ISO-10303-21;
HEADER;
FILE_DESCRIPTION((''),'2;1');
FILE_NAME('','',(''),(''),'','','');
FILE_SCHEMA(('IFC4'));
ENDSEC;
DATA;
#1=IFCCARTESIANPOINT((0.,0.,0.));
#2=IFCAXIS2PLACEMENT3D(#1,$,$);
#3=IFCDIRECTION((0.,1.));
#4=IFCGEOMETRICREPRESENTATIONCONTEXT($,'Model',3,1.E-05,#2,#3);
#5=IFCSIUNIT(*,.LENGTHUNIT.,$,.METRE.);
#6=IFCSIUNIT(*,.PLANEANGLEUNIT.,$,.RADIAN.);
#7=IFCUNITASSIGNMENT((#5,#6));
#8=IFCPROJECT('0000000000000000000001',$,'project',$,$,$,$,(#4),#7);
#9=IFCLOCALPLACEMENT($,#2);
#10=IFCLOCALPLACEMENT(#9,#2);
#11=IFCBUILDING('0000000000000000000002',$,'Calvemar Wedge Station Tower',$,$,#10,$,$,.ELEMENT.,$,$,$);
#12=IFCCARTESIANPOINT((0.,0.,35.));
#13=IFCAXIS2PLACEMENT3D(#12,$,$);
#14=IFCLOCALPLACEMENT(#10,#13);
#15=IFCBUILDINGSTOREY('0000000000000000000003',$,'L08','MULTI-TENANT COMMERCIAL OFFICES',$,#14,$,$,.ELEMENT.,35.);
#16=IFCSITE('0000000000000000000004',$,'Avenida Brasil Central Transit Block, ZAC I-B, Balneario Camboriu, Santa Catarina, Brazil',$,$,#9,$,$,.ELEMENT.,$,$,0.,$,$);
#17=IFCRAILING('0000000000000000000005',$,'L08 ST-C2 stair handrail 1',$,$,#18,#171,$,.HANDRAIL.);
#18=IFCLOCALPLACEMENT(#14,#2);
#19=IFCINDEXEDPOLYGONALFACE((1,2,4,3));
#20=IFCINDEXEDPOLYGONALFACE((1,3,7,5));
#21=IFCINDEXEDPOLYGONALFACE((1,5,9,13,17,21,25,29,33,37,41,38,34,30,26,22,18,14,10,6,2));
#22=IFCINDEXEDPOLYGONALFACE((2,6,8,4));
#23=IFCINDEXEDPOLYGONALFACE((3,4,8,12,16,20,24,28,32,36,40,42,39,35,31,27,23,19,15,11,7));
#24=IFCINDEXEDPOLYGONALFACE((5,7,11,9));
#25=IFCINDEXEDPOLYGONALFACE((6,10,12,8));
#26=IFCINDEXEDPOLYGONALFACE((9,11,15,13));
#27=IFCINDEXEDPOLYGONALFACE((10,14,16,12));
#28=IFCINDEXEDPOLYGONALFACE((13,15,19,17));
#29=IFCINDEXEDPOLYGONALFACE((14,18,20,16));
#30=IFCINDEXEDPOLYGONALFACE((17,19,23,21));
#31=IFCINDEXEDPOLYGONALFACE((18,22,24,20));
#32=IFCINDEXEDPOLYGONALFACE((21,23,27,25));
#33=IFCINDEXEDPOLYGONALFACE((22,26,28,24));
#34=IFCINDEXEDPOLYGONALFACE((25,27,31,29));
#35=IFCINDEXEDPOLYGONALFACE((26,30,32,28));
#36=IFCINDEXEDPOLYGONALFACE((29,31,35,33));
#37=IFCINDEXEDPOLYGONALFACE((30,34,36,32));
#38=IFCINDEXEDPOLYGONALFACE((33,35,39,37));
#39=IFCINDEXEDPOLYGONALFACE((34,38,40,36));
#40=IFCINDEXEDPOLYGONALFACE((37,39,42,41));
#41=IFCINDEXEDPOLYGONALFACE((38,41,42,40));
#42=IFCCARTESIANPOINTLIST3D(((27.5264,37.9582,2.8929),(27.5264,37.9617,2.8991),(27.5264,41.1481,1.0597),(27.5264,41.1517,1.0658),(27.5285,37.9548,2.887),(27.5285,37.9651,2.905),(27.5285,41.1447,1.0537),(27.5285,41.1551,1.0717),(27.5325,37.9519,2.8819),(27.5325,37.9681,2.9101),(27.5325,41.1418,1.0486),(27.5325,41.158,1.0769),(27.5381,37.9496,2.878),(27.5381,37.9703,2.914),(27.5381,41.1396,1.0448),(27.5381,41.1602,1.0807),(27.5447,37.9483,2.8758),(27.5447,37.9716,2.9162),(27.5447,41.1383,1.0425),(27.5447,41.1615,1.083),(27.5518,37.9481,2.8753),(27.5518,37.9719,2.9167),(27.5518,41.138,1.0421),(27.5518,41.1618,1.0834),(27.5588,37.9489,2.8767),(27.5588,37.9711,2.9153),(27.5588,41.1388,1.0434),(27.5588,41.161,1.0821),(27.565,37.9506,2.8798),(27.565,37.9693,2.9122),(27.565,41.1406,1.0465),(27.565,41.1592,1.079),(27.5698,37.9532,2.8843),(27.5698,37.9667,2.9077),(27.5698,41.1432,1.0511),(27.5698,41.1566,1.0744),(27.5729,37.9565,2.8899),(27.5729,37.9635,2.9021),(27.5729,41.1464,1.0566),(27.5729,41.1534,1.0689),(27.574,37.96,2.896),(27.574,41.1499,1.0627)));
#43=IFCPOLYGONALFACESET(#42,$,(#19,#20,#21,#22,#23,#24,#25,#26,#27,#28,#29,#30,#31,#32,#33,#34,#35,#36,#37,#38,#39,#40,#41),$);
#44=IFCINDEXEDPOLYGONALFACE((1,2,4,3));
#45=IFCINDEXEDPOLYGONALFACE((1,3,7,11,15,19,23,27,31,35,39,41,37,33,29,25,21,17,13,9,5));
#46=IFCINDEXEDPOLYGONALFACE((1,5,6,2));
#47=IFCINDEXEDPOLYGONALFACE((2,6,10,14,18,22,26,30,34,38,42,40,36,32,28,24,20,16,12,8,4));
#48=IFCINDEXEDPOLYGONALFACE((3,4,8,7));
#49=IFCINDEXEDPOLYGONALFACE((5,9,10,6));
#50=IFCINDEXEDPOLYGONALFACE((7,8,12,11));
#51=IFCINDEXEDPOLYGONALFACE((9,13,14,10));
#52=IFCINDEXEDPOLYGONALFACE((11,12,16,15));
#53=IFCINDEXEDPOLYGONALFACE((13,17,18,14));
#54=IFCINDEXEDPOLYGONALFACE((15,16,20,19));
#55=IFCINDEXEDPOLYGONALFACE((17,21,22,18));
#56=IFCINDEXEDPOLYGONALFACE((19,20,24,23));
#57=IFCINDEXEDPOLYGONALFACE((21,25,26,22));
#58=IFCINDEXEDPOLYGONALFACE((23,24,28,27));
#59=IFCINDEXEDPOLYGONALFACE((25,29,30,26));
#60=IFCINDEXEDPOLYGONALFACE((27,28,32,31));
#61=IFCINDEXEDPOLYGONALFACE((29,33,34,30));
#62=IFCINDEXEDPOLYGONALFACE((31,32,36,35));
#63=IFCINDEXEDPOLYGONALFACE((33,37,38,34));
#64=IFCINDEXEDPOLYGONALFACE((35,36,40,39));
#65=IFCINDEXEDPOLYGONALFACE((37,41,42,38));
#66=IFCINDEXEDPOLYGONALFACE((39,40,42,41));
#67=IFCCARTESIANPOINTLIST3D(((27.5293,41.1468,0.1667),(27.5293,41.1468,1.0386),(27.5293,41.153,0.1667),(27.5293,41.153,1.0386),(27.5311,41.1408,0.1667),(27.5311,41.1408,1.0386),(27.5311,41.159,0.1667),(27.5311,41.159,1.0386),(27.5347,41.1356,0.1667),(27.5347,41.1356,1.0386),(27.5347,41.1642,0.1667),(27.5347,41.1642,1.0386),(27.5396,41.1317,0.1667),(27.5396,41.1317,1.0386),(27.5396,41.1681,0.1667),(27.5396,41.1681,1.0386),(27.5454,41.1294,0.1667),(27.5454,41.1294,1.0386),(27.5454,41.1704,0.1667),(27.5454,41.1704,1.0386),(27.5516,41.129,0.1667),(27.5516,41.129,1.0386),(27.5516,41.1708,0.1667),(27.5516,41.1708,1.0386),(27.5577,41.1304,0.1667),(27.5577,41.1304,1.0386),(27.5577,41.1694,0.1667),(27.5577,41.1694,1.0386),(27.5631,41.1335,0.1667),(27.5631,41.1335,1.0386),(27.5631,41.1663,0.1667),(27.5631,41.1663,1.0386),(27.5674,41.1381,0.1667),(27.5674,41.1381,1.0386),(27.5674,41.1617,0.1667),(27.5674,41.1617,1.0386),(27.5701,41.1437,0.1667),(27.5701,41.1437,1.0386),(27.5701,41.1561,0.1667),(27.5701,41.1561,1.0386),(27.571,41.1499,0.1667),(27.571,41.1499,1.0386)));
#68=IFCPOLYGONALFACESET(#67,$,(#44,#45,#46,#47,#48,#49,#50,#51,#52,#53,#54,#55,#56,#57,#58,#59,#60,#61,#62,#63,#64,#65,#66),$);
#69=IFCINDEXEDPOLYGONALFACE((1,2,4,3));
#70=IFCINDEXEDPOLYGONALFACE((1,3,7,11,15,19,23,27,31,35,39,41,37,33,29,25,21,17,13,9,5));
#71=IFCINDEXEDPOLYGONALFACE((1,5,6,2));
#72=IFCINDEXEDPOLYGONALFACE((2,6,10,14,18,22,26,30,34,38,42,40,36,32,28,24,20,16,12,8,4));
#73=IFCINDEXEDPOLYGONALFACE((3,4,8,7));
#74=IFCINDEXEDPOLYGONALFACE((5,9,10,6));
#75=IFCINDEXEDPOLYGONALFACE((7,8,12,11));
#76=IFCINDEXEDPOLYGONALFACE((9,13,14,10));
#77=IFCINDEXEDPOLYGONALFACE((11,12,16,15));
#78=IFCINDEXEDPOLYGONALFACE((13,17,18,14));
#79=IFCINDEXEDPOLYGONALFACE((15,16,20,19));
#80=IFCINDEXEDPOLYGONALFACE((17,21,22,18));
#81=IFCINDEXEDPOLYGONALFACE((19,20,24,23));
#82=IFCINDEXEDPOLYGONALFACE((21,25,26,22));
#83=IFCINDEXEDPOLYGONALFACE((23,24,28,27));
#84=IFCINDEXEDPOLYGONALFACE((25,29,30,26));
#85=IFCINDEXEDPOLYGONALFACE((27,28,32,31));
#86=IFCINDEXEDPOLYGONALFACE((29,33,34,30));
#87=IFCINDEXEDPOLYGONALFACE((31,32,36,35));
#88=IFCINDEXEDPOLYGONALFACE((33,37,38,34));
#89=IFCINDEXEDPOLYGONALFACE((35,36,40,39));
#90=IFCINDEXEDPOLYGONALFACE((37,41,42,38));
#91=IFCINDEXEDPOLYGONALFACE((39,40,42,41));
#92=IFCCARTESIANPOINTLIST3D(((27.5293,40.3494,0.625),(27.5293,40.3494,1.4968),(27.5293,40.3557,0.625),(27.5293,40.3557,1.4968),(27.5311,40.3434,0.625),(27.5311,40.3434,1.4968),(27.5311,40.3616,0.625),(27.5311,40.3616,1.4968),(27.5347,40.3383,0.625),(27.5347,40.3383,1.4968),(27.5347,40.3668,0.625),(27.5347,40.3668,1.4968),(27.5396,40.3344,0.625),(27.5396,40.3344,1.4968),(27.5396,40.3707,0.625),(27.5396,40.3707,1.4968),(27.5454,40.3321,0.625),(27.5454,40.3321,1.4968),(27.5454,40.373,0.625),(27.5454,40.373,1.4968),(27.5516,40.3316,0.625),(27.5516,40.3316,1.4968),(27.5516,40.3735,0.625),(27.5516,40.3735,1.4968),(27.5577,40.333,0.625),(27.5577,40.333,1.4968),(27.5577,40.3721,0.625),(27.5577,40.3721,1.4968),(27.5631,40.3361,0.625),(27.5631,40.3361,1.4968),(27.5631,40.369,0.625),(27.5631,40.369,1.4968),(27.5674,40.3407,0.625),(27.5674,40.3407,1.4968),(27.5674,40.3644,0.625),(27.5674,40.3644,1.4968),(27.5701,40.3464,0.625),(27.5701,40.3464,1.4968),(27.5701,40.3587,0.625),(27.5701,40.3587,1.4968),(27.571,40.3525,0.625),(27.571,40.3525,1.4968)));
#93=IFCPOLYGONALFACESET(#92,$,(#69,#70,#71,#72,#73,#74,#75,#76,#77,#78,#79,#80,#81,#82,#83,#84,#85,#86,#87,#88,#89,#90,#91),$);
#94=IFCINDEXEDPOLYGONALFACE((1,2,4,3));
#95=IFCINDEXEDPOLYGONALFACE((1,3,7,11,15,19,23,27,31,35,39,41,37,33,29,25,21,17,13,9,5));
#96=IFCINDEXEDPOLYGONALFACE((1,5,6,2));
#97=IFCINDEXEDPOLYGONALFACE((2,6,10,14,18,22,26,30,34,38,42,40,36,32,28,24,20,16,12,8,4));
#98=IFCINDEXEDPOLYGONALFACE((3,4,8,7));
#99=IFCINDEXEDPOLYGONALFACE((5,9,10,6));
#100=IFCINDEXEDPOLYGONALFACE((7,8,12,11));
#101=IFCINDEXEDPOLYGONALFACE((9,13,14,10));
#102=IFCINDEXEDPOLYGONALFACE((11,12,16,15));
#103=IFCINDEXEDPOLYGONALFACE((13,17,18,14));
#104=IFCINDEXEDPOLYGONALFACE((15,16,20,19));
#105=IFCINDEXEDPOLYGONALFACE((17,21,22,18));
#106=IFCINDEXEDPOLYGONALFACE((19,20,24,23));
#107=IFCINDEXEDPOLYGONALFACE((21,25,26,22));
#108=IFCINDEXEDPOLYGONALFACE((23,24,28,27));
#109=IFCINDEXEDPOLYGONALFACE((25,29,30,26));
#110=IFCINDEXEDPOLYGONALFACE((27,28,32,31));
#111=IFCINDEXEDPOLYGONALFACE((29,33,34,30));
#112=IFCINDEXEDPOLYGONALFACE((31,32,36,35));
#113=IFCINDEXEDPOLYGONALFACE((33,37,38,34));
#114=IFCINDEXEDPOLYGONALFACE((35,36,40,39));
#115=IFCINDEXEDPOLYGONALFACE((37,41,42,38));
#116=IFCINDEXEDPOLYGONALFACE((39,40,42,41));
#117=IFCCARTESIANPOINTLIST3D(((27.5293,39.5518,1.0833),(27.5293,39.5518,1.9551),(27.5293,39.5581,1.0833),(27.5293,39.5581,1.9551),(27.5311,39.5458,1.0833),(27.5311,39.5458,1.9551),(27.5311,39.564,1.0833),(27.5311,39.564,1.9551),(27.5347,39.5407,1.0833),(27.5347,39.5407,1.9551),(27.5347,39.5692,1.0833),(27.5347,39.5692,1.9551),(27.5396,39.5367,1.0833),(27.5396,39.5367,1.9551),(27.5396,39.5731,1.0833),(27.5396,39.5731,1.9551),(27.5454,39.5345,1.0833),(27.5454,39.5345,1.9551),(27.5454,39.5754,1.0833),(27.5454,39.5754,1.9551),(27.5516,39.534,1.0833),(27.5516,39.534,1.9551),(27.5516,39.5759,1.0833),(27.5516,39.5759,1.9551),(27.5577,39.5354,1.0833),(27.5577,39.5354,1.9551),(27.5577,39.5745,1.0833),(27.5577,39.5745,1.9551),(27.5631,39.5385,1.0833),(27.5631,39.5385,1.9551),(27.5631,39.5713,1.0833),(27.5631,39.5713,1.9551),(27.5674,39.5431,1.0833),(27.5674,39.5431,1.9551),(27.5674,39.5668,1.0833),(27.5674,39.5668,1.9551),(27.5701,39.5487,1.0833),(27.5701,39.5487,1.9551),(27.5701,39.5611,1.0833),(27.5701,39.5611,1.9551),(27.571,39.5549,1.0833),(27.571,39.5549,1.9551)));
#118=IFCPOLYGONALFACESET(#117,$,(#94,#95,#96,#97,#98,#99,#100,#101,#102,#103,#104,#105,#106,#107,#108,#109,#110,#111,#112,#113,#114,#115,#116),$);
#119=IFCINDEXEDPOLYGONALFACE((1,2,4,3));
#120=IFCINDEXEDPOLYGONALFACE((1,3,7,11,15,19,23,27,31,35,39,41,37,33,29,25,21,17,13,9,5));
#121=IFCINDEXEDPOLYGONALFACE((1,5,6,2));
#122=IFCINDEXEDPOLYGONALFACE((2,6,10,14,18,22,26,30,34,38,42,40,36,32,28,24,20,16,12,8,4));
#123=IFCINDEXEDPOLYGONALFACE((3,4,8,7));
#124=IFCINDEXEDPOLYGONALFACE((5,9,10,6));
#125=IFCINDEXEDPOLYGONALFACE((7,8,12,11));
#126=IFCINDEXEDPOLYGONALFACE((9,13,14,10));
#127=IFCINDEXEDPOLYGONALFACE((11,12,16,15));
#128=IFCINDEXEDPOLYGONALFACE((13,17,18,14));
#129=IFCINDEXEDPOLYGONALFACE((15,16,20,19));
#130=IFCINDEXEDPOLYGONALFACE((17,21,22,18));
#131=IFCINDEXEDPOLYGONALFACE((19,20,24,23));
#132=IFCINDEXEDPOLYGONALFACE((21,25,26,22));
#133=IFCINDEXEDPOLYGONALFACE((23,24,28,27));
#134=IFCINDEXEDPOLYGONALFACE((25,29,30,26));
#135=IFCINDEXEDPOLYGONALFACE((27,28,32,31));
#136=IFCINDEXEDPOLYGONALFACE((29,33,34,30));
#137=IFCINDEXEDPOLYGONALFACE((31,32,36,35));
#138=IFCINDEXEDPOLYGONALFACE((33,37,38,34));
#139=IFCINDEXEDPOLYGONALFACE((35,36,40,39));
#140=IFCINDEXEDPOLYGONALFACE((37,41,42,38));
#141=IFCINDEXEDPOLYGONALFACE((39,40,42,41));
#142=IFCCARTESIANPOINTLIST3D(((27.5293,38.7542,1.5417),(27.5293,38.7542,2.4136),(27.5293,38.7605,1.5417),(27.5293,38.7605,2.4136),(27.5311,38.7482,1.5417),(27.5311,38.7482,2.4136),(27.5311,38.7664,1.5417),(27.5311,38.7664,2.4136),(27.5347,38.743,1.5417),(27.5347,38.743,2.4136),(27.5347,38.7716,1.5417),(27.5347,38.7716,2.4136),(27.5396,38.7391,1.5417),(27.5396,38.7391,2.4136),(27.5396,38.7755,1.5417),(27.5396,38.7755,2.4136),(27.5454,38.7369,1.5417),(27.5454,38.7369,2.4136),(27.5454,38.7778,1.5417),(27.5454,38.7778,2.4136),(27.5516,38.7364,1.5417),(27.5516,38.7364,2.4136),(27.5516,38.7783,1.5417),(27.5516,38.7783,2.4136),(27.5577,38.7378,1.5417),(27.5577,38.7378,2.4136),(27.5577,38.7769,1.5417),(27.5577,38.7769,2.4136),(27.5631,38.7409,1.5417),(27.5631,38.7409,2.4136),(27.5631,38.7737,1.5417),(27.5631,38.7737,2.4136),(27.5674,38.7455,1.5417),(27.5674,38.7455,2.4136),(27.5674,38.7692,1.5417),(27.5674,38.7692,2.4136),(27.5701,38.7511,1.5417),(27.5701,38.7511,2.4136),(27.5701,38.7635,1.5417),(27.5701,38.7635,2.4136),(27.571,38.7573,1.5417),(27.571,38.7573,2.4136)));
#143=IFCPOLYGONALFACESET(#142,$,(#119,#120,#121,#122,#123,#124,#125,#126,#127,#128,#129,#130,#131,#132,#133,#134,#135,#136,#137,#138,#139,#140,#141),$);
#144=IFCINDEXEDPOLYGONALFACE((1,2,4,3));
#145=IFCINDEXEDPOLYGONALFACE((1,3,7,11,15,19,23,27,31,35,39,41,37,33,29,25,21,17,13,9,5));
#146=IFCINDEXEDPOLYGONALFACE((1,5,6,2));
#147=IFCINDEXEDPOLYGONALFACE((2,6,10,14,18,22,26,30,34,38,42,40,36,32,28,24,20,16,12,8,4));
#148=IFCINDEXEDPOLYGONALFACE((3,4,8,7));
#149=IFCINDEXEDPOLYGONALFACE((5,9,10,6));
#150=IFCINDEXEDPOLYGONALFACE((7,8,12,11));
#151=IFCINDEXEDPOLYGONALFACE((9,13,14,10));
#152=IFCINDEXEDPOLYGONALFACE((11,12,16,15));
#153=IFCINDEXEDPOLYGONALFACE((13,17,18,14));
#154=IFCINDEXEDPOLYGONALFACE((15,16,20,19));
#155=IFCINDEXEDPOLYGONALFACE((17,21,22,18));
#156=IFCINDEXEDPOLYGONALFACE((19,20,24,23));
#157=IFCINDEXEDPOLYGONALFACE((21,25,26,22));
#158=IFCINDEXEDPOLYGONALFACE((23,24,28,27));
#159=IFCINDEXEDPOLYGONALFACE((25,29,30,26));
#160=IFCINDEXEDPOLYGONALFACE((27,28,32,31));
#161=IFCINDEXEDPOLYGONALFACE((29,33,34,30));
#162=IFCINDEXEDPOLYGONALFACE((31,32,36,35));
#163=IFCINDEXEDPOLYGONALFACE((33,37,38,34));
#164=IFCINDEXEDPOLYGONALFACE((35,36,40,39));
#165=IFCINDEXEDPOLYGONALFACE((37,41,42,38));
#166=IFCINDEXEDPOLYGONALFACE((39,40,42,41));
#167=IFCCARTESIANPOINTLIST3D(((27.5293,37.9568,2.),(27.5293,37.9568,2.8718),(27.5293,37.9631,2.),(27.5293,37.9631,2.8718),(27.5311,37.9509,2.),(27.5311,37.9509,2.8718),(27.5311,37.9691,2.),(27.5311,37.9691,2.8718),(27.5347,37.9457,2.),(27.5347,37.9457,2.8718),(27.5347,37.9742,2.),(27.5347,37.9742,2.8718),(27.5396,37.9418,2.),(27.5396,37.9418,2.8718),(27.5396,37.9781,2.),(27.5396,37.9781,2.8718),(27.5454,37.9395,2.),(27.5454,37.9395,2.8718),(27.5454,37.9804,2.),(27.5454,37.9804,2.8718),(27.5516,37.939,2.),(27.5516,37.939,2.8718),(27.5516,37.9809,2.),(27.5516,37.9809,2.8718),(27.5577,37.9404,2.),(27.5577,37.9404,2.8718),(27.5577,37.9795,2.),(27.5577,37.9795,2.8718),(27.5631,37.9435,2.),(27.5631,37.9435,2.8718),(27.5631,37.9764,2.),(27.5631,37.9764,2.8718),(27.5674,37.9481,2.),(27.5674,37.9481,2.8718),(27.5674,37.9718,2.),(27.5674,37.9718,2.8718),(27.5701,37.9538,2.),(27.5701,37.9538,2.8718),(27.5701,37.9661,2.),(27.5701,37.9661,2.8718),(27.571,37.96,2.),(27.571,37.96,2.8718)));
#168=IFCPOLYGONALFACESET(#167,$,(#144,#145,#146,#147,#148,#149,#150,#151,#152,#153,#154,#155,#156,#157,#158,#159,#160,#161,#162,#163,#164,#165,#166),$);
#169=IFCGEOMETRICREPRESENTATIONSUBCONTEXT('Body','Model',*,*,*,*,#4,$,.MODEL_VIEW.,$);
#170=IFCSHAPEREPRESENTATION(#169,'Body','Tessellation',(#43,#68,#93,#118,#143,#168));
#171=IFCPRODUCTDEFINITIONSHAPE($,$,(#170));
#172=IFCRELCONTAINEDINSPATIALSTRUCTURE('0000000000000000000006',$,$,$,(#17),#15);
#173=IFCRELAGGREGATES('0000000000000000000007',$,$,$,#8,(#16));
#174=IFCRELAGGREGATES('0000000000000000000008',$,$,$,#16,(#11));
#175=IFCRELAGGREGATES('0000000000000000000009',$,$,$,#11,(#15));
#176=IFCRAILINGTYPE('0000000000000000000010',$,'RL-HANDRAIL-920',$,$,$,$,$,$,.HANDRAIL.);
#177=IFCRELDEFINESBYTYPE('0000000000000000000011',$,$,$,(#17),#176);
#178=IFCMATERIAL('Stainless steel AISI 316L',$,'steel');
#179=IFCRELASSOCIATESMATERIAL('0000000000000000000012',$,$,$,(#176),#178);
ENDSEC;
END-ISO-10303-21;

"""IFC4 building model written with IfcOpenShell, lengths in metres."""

from ifc_helpers import new_model, si_unit, direction, frame, origin, origin_2d, place, context, subcontext, project, spatial, circle, extrude, material, type_object, element, save


model = new_model("IFC4")

# Units and contexts
model_context = context("Model", 3, precision=1e-05, world=origin(), true_north=direction((0.0, 1.0)))
body_context = subcontext(model_context, "Body", "Model", "MODEL_VIEW")
ifc_project = project(units=[si_unit("LENGTHUNIT", "METRE"), si_unit("PLANEANGLEUNIT", "RADIAN")], contexts=[model_context])

# Site, building, storey
site_placement = place(None, origin())
site = spatial("IfcSite", under=ifc_project, at=site_placement, Name="Avenida Brasil Central Transit Block, ZAC I-B, Balneario Camboriu, Santa Catarina, Brazil", CompositionType="ELEMENT", RefElevation=0.0)
building_placement = place(site_placement, origin())
building = spatial("IfcBuilding", under=site, at=building_placement, Name="Calvemar Wedge Station Tower", CompositionType="ELEMENT")
storey_placement = place(building_placement, frame((0.0, 0.0, 35.0)))
storey = spatial("IfcBuildingStorey", under=building, at=storey_placement, Name="L08", Description="MULTI-TENANT COMMERCIAL OFFICES", CompositionType="ELEMENT", Elevation=35.0)

# Railing
ifc_material_1 = material(Name="Stainless steel AISI 316L", Category="steel")
railing_type_1 = type_object("IfcRailingType", Name="RL-HANDRAIL-920", PredefinedType="HANDRAIL", material=ifc_material_1)
railing_1_placement = place(storey_placement, frame((27.55, 41.1499, 0.1667)))
element("IfcRailing", 1, at=railing_1_placement, inside=storey, type_object=railing_type_1, Name="L08 ST-C2 stair handrail 1", PredefinedType="HANDRAIL", context=body_context, shape_type="SweptSolid", body=[
    extrude(circle(Radius=0.0239, at=origin_2d()), frame((0.0, 0.0, 0.896), z_axis=(0.0, -0.86702, 0.498274), x_axis=(1.0, 0.0, 0.0)), (0.0, 0.0, 1.0), 3.6792),
    extrude(circle(Radius=0.021, at=origin_2d()), origin(), (0.0, 0.0, 1.0), 0.8718),
    extrude(circle(Radius=0.021, at=origin_2d()), frame((0.0, -0.7974, 0.4583)), (0.0, 0.0, 1.0), 0.8718),
    extrude(circle(Radius=0.021, at=origin_2d()), frame((0.0, -1.595, 0.9165)), (0.0, 0.0, 1.0), 0.8718),
    extrude(circle(Radius=0.021, at=origin_2d()), frame((0.0, -2.3926, 1.375)), (0.0, 0.0, 1.0), 0.8718),
    extrude(circle(Radius=0.021, at=origin_2d()), frame((0.0, -3.1899, 1.8333)), (0.0, 0.0, 1.0), 0.8718),
])

save(model, "model.ifc")
